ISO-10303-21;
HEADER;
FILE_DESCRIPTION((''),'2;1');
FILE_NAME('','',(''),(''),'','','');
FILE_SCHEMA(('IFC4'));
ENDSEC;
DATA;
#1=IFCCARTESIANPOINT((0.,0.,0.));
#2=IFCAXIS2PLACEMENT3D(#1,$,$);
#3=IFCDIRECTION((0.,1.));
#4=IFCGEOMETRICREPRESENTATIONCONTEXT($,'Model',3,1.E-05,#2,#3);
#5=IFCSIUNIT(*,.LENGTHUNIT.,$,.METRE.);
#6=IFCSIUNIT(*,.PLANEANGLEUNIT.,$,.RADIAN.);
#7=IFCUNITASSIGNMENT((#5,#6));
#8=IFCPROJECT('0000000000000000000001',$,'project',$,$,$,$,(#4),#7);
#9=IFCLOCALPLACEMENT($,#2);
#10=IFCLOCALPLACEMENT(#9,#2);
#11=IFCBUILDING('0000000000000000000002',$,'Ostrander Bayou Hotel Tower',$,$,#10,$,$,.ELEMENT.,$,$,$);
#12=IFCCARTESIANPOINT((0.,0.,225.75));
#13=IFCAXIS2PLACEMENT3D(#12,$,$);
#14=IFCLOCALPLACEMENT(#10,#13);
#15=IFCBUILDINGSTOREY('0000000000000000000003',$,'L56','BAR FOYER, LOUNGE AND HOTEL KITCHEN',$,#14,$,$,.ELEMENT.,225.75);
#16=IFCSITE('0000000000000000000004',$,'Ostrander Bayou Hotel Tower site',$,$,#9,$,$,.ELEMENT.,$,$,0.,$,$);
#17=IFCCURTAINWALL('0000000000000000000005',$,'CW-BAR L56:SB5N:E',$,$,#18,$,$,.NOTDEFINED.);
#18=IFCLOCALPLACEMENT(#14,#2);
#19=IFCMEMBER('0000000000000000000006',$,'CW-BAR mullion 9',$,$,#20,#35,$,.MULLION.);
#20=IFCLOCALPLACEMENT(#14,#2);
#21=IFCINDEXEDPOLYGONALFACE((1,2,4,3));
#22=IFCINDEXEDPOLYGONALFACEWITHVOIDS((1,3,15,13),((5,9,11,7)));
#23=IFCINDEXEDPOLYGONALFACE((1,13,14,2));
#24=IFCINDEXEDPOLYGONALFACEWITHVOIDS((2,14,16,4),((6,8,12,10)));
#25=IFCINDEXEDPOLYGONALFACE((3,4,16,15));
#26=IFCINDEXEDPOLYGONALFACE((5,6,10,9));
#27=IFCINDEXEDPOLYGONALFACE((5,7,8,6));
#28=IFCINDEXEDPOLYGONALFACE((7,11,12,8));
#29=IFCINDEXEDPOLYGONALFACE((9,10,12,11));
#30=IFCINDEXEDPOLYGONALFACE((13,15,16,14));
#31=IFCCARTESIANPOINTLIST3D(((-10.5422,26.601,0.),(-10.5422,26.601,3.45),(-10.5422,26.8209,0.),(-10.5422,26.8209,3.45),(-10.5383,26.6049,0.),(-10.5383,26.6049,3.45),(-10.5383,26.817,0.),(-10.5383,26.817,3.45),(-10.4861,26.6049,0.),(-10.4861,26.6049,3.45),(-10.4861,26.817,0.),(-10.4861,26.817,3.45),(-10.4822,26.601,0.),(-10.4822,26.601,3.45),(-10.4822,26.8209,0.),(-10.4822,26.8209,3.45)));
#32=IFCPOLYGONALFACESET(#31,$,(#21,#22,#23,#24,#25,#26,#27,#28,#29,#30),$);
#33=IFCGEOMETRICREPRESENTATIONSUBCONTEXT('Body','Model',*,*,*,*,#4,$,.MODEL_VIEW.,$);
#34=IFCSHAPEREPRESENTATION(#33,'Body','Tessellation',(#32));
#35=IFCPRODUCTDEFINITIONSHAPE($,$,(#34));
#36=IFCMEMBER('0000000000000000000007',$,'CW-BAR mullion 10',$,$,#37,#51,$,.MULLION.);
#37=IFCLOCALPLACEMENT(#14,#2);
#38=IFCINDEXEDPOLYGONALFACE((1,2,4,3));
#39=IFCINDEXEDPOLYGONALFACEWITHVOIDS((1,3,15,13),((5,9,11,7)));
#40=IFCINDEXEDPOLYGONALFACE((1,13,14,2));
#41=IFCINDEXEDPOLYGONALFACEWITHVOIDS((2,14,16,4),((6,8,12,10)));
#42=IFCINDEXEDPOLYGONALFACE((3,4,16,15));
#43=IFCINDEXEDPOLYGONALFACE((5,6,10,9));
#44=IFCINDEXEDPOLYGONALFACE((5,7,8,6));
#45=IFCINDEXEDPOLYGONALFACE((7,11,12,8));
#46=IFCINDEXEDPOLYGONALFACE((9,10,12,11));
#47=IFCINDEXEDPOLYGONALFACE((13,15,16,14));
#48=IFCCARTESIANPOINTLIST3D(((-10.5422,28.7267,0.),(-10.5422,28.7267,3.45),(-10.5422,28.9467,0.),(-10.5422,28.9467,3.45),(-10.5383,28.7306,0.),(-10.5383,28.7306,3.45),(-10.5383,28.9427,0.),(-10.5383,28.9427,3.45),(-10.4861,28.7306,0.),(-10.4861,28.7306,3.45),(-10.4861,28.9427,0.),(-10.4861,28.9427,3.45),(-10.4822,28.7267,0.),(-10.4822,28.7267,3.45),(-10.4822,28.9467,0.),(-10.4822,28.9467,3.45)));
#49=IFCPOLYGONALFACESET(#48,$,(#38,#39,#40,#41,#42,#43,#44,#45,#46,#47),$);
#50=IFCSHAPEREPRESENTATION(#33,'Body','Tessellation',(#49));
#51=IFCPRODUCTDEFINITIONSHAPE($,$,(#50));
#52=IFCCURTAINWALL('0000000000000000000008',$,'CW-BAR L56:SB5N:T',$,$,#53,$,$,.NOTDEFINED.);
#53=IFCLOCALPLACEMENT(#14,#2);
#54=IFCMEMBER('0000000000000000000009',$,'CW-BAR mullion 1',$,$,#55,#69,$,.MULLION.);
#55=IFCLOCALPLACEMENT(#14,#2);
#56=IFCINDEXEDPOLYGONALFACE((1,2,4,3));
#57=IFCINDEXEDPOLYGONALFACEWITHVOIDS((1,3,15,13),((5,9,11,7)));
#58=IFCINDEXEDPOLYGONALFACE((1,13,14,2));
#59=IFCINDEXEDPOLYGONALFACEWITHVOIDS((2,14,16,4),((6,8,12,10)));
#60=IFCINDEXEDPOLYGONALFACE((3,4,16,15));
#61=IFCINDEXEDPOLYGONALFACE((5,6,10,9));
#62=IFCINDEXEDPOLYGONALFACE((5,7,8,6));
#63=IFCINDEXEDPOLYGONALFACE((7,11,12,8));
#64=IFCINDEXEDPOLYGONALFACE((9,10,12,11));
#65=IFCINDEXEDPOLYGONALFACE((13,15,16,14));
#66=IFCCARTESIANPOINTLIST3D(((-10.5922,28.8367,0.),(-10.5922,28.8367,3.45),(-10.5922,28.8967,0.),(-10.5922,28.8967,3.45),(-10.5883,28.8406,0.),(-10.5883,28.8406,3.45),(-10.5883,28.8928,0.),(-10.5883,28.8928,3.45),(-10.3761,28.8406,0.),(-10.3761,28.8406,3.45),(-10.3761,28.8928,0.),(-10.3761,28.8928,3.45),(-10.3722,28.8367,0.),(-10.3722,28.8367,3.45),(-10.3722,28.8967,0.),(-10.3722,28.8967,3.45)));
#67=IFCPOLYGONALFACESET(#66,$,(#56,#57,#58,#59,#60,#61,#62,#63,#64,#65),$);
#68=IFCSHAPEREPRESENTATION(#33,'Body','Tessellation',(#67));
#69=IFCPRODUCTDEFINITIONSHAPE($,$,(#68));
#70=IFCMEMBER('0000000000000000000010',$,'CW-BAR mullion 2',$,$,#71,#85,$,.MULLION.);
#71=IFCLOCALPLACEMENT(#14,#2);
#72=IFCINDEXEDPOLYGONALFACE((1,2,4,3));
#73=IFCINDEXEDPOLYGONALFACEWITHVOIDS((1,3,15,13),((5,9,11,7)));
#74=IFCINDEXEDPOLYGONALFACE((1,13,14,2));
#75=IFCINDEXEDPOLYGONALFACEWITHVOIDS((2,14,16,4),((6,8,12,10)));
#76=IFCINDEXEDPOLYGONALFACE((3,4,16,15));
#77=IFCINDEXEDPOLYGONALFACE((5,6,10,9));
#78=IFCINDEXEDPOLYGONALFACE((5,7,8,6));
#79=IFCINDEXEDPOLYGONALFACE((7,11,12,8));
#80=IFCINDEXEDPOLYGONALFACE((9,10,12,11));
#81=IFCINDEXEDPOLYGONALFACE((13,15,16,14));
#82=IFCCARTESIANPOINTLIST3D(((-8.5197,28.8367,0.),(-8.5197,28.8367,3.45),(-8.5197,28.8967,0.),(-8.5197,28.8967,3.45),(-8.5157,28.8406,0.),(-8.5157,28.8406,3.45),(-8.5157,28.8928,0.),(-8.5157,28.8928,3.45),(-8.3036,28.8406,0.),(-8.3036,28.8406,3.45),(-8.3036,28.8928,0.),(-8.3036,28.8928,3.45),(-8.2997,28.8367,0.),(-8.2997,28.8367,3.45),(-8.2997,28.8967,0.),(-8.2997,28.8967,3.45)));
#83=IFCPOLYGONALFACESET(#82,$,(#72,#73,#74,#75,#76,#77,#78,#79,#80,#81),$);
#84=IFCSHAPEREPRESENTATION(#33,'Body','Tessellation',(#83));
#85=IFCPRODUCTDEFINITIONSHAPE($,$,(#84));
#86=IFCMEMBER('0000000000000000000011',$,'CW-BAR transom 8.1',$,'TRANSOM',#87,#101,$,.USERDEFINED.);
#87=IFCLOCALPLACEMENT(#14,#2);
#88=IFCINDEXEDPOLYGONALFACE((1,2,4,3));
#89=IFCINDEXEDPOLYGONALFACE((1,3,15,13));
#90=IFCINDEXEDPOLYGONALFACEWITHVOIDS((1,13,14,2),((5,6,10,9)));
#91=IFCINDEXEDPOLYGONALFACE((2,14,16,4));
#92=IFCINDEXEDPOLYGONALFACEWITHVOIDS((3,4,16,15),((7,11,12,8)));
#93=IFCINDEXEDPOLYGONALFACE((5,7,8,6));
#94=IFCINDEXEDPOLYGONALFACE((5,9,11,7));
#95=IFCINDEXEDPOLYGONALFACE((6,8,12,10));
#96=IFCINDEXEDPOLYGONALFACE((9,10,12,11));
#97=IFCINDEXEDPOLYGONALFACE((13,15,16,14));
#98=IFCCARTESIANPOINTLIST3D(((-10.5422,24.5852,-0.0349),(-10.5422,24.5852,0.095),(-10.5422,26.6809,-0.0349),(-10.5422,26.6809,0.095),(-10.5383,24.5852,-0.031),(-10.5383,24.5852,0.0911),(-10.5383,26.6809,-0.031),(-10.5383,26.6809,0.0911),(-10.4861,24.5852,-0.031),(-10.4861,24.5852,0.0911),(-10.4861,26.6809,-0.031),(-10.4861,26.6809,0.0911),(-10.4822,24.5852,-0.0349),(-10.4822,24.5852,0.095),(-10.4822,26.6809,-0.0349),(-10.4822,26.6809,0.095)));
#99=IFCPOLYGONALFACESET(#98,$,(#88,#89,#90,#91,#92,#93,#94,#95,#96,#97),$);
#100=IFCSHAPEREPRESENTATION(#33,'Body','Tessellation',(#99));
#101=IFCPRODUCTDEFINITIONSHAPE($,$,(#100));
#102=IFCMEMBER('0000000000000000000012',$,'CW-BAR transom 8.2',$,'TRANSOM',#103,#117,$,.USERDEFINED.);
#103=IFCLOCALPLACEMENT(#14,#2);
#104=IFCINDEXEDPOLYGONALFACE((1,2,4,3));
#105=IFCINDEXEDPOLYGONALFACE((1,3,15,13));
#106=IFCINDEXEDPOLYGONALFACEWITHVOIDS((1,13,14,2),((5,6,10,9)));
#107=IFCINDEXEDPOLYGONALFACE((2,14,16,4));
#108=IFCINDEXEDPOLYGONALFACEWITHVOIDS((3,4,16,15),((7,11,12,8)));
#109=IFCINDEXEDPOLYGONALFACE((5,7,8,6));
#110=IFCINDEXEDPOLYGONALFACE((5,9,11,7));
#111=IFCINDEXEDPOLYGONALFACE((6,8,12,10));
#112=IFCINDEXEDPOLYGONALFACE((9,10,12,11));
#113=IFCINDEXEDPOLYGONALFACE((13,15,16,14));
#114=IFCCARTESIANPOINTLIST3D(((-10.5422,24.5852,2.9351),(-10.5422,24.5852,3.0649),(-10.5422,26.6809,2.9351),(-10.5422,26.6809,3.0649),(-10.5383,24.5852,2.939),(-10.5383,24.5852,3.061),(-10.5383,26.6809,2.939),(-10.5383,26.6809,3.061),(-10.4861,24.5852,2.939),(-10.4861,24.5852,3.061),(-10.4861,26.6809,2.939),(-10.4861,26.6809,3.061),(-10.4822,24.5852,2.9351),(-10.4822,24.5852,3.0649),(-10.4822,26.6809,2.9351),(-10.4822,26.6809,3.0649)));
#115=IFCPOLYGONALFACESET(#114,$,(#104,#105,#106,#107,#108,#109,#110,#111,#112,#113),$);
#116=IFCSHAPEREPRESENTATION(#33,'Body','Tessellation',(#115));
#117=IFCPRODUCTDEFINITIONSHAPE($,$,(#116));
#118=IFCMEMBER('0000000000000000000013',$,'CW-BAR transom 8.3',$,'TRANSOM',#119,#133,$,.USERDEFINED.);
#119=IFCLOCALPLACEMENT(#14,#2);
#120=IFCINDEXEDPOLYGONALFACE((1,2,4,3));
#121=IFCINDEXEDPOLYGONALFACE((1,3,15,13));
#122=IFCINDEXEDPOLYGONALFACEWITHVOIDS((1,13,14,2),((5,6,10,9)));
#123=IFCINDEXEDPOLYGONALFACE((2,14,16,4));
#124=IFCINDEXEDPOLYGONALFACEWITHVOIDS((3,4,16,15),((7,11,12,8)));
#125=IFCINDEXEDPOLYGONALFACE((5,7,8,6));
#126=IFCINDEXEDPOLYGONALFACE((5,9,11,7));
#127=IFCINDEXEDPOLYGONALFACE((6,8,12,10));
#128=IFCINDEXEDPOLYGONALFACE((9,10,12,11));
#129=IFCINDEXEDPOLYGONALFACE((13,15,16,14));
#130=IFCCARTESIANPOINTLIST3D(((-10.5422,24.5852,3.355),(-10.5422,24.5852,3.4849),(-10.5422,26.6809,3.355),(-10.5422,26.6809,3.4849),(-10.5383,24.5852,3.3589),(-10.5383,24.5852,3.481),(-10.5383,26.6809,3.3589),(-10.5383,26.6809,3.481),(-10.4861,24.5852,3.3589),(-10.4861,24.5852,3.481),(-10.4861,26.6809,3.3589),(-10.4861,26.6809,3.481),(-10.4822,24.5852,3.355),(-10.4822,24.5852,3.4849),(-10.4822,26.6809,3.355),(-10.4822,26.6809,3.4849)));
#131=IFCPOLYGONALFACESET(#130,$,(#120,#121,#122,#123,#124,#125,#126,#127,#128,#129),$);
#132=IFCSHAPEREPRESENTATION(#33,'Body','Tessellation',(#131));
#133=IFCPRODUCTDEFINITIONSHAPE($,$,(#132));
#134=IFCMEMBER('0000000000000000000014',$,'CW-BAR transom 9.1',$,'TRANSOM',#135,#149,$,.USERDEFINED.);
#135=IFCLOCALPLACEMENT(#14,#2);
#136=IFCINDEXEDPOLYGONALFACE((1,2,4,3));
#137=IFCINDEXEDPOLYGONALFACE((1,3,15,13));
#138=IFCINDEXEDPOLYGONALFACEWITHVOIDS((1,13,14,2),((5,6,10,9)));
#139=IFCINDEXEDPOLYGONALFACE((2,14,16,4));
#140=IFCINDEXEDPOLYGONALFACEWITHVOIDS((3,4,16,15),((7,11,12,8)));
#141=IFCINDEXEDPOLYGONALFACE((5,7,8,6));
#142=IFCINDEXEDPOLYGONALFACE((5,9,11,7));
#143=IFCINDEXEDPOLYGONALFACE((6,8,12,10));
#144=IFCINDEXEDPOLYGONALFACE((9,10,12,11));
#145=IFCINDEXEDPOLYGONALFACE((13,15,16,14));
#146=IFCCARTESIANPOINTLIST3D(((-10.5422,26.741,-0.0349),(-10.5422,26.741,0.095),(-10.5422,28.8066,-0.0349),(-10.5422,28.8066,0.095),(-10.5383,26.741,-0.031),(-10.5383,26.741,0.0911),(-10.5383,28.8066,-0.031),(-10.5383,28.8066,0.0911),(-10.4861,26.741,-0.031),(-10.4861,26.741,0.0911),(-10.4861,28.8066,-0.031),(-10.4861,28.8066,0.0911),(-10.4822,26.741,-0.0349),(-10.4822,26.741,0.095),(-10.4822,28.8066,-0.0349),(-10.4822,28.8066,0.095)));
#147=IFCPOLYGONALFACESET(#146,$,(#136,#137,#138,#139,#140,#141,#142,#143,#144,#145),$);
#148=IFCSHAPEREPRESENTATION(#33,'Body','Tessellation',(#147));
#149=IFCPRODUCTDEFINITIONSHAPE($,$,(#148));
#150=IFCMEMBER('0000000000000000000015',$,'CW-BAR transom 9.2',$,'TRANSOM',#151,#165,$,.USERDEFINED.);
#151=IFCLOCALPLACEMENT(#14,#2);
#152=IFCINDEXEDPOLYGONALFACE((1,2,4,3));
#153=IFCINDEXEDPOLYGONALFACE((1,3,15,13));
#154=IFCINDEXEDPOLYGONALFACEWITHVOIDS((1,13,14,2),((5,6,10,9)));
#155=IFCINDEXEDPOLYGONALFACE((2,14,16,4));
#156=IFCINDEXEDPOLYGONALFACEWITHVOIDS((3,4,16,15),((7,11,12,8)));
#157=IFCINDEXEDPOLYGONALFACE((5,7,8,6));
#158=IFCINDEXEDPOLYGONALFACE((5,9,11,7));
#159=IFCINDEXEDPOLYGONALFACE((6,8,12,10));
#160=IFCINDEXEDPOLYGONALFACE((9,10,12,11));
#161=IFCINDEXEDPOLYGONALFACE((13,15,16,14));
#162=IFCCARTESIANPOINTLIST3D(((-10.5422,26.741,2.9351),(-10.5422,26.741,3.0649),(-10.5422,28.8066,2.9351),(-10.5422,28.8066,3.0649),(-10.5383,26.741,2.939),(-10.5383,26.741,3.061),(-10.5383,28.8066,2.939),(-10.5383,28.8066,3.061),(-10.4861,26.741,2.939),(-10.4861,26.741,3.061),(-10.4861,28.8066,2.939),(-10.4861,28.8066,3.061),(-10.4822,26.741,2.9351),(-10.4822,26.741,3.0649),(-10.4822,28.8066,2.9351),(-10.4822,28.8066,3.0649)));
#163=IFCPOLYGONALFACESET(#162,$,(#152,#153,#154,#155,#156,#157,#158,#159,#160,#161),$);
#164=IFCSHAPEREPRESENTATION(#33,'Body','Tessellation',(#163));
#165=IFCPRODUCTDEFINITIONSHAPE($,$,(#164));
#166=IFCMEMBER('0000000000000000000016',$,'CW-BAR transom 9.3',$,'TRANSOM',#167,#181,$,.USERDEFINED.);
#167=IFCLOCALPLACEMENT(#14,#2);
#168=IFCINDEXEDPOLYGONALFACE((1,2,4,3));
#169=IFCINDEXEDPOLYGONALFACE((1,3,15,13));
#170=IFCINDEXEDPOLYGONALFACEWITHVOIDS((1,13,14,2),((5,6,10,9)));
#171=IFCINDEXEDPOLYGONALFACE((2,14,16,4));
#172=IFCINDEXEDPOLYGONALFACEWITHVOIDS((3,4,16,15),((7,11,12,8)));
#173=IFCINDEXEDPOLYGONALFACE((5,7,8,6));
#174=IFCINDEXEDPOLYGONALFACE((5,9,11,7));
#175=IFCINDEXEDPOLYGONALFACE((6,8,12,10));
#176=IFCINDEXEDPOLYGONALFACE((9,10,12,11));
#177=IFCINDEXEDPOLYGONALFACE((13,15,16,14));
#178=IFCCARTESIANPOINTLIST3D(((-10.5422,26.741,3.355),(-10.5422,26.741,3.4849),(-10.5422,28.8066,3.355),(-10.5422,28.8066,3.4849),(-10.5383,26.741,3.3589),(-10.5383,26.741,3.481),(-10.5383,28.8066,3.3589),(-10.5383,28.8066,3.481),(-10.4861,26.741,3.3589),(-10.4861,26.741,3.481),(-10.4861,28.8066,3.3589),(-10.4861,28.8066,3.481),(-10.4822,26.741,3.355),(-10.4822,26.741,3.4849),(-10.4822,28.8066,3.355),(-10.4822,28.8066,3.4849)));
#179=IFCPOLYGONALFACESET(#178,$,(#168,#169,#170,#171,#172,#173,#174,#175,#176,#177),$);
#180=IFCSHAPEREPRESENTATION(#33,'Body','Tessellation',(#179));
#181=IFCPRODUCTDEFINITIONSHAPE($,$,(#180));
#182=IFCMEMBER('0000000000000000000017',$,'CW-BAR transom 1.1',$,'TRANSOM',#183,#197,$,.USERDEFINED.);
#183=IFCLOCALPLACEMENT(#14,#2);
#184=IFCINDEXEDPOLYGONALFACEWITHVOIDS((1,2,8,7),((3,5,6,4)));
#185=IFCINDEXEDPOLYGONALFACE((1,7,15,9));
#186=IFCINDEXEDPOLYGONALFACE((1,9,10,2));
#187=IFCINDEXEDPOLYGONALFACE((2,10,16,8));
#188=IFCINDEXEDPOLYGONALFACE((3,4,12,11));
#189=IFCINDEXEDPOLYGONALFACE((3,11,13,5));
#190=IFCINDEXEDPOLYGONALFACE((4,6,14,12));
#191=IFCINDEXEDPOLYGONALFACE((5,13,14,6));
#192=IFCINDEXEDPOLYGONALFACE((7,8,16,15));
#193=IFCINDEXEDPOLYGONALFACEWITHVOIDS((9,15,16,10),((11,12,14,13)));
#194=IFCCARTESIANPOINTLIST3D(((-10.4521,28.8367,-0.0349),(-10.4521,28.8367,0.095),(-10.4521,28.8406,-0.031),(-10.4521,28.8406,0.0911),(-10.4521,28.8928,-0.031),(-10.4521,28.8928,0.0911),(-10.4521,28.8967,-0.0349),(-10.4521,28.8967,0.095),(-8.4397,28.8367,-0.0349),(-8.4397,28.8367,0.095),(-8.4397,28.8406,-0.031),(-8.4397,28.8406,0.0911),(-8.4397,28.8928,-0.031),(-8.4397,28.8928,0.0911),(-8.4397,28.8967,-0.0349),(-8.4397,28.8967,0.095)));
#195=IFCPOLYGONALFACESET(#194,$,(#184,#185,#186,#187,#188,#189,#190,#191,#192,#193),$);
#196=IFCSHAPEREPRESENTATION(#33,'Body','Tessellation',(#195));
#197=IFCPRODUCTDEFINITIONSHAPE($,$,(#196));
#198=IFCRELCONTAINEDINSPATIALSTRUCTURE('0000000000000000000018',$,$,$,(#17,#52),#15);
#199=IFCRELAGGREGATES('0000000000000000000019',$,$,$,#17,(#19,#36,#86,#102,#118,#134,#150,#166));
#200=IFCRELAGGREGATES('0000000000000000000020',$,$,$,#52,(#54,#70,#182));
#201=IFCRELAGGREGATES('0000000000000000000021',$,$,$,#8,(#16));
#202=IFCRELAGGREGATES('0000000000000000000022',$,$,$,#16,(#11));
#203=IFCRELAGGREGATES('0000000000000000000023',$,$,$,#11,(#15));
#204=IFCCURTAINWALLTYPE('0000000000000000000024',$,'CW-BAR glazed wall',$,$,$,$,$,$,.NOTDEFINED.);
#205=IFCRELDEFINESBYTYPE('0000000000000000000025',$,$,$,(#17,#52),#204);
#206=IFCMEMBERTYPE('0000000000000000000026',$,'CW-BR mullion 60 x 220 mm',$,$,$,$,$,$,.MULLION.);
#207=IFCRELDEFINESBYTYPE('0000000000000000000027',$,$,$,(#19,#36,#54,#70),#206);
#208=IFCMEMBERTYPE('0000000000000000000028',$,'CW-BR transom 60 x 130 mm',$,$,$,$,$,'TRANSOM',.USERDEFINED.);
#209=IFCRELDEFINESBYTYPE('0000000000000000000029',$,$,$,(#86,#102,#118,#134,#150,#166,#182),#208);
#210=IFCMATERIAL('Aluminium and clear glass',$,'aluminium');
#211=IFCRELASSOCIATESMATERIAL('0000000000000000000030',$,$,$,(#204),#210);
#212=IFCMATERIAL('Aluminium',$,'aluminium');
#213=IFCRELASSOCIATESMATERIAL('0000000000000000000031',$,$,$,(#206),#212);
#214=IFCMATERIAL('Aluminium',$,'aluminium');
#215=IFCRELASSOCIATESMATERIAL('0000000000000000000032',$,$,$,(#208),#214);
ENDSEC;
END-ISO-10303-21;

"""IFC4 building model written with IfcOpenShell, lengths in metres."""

from ifc_helpers import new_model, si_unit, direction, frame, origin, origin_2d, place, context, subcontext, project, spatial, hollow_rectangle, extrude, material, material_profile, profile_set, type_object, element, aggregate, save


model = new_model("IFC4")

# Units and contexts
model_context = context("Model", 3, precision=1e-05, world=origin(), true_north=direction((0.0, 1.0)))
body_context = subcontext(model_context, "Body", "Model", "MODEL_VIEW")
ifc_project = project(units=[si_unit("LENGTHUNIT", "METRE"), si_unit("PLANEANGLEUNIT", "RADIAN")], contexts=[model_context])

# Site, building, storey
site_placement = place(None, origin())
site = spatial("IfcSite", under=ifc_project, at=site_placement, Name="Ostrander Bayou Hotel Tower site", CompositionType="ELEMENT", RefElevation=0.0)
building_placement = place(site_placement, origin())
building = spatial("IfcBuilding", under=site, at=building_placement, Name="Ostrander Bayou Hotel Tower", CompositionType="ELEMENT")
storey_placement = place(building_placement, frame((0.0, 0.0, 225.75)))
storey = spatial("IfcBuildingStorey", under=building, at=storey_placement, Name="L56", Description="BAR FOYER, LOUNGE AND HOTEL KITCHEN", CompositionType="ELEMENT", Elevation=225.75)

# Curtain walls, members
ifc_material_1 = material(Name="Aluminium and clear glass", Category="aluminium")
curtain_wall_type = type_object("IfcCurtainWallType", Name="CW-BAR glazed wall", PredefinedType="NOTDEFINED", material=ifc_material_1)
curtain_wall_1_placement = place(storey_placement, origin())
curtain_wall_1 = element("IfcCurtainWall", 1, at=curtain_wall_1_placement, inside=storey, type_object=curtain_wall_type, Name="CW-BAR L56:SB5N:E", PredefinedType="NOTDEFINED")
ifc_material_2 = material(Name="Aluminium", Category="aluminium")
ifc_material_profile_1 = material_profile(ifc_material_2, hollow_rectangle(XDim=0.0601, YDim=0.22, WallThickness=0.0039, at=origin_2d()))
ifc_profile_set_1 = profile_set([ifc_material_profile_1], Name="Aluminium")
member_type_1 = type_object("IfcMemberType", Name="CW-BR mullion 60 x 220 mm", PredefinedType="MULLION", material=ifc_profile_set_1)
member_1_placement = place(storey_placement, frame((-10.5122, 26.7109, 0.0), z_axis=(0.0, 0.0, 1.0), x_axis=(-1.0, 0.0, 0.0)))
member_1 = element("IfcMember", 2, at=member_1_placement, type_object=member_type_1, Name="CW-BAR mullion 9", PredefinedType="MULLION", context=body_context, shape_type="SweptSolid", body=[
    extrude(hollow_rectangle(XDim=0.0601, YDim=0.22, WallThickness=0.0039, at=origin_2d()), origin(), (0.0, 0.0, 1.0), 3.45),
])
member_2_placement = place(storey_placement, frame((-10.5122, 28.8367, 0.0), z_axis=(0.0, 0.0, 1.0), x_axis=(-1.0, 0.0, 0.0)))
member_2 = element("IfcMember", 3, at=member_2_placement, type_object=member_type_1, Name="CW-BAR mullion 10", PredefinedType="MULLION", context=body_context, shape_type="SweptSolid", body=[
    extrude(hollow_rectangle(XDim=0.0601, YDim=0.22, WallThickness=0.0039, at=origin_2d()), origin(), (0.0, 0.0, 1.0), 3.45),
])
curtain_wall_2_placement = place(storey_placement, origin())
curtain_wall_2 = element("IfcCurtainWall", 4, at=curtain_wall_2_placement, inside=storey, type_object=curtain_wall_type, Name="CW-BAR L56:SB5N:T", PredefinedType="NOTDEFINED")
member_3_placement = place(storey_placement, frame((-10.4822, 28.8667, 0.0), z_axis=(0.0, 0.0, 1.0), x_axis=(0.0, 1.0, 0.0)))
member_3 = element("IfcMember", 5, at=member_3_placement, type_object=member_type_1, Name="CW-BAR mullion 1", PredefinedType="MULLION", context=body_context, shape_type="SweptSolid", body=[
    extrude(hollow_rectangle(XDim=0.0601, YDim=0.22, WallThickness=0.0039, at=origin_2d()), origin(), (0.0, 0.0, 1.0), 3.45),
])
member_4_placement = place(storey_placement, frame((-8.4097, 28.8667, 0.0), z_axis=(0.0, 0.0, 1.0), x_axis=(0.0, 1.0, 0.0)))
member_4 = element("IfcMember", 6, at=member_4_placement, type_object=member_type_1, Name="CW-BAR mullion 2", PredefinedType="MULLION", context=body_context, shape_type="SweptSolid", body=[
    extrude(hollow_rectangle(XDim=0.0601, YDim=0.22, WallThickness=0.0039, at=origin_2d()), origin(), (0.0, 0.0, 1.0), 3.45),
])

# Members
ifc_material_3 = material(Name="Aluminium", Category="aluminium")
ifc_material_profile_2 = material_profile(ifc_material_3, hollow_rectangle(XDim=0.0601, YDim=0.1299, WallThickness=0.0039, at=origin_2d()))
ifc_profile_set_2 = profile_set([ifc_material_profile_2], Name="Aluminium")
member_type_2 = type_object("IfcMemberType", Name="CW-BR transom 60 x 130 mm", ElementType="TRANSOM", PredefinedType="USERDEFINED", material=ifc_profile_set_2)
member_5_placement = place(storey_placement, frame((-10.5122, 24.5852, 0.03), z_axis=(0.0, 1.0, 0.0), x_axis=(-1.0, 0.0, 0.0)))
member_5 = element("IfcMember", 7, at=member_5_placement, type_object=member_type_2, Name="CW-BAR transom 8.1", ObjectType="TRANSOM", PredefinedType="USERDEFINED", context=body_context, shape_type="SweptSolid", body=[
    extrude(hollow_rectangle(XDim=0.0601, YDim=0.1299, WallThickness=0.0039, at=origin_2d()), origin(), (0.0, 0.0, 1.0), 2.0957),
])
member_6_placement = place(storey_placement, frame((-10.5122, 24.5852, 3.0), z_axis=(0.0, 1.0, 0.0), x_axis=(-1.0, 0.0, 0.0)))
member_6 = element("IfcMember", 8, at=member_6_placement, type_object=member_type_2, Name="CW-BAR transom 8.2", ObjectType="TRANSOM", PredefinedType="USERDEFINED", context=body_context, shape_type="SweptSolid", body=[
    extrude(hollow_rectangle(XDim=0.0601, YDim=0.1299, WallThickness=0.0039, at=origin_2d()), origin(), (0.0, 0.0, 1.0), 2.0957),
])
member_7_placement = place(storey_placement, frame((-10.5122, 24.5852, 3.4199), z_axis=(0.0, 1.0, 0.0), x_axis=(-1.0, 0.0, 0.0)))
member_7 = element("IfcMember", 9, at=member_7_placement, type_object=member_type_2, Name="CW-BAR transom 8.3", ObjectType="TRANSOM", PredefinedType="USERDEFINED", context=body_context, shape_type="SweptSolid", body=[
    extrude(hollow_rectangle(XDim=0.0601, YDim=0.1299, WallThickness=0.0039, at=origin_2d()), origin(), (0.0, 0.0, 1.0), 2.0957),
])
member_8_placement = place(storey_placement, frame((-10.5122, 26.741, 0.03), z_axis=(0.0, 1.0, 0.0), x_axis=(-1.0, 0.0, 0.0)))
member_8 = element("IfcMember", 10, at=member_8_placement, type_object=member_type_2, Name="CW-BAR transom 9.1", ObjectType="TRANSOM", PredefinedType="USERDEFINED", context=body_context, shape_type="SweptSolid", body=[
    extrude(hollow_rectangle(XDim=0.0601, YDim=0.1299, WallThickness=0.0039, at=origin_2d()), origin(), (0.0, 0.0, 1.0), 2.0657),
])
member_9_placement = place(storey_placement, frame((-10.5122, 26.741, 3.0), z_axis=(0.0, 1.0, 0.0), x_axis=(-1.0, 0.0, 0.0)))
member_9 = element("IfcMember", 11, at=member_9_placement, type_object=member_type_2, Name="CW-BAR transom 9.2", ObjectType="TRANSOM", PredefinedType="USERDEFINED", context=body_context, shape_type="SweptSolid", body=[
    extrude(hollow_rectangle(XDim=0.0601, YDim=0.1299, WallThickness=0.0039, at=origin_2d()), origin(), (0.0, 0.0, 1.0), 2.0657),
])
member_10_placement = place(storey_placement, frame((-10.5122, 26.741, 3.4199), z_axis=(0.0, 1.0, 0.0), x_axis=(-1.0, 0.0, 0.0)))
member_10 = element("IfcMember", 12, at=member_10_placement, type_object=member_type_2, Name="CW-BAR transom 9.3", ObjectType="TRANSOM", PredefinedType="USERDEFINED", context=body_context, shape_type="SweptSolid", body=[
    extrude(hollow_rectangle(XDim=0.0601, YDim=0.1299, WallThickness=0.0039, at=origin_2d()), origin(), (0.0, 0.0, 1.0), 2.0657),
])
member_11_placement = place(storey_placement, frame((-10.4521, 28.8667, 0.03), z_axis=(1.0, 0.0, 0.0), x_axis=(0.0, 1.0, 0.0)))
member_11 = element("IfcMember", 13, at=member_11_placement, type_object=member_type_2, Name="CW-BAR transom 1.1", ObjectType="TRANSOM", PredefinedType="USERDEFINED", context=body_context, shape_type="SweptSolid", body=[
    extrude(hollow_rectangle(XDim=0.0601, YDim=0.1299, WallThickness=0.0039, at=origin_2d()), origin(), (0.0, 0.0, 1.0), 2.0125),
])

aggregate(curtain_wall_1, [member_1, member_2, member_5, member_6, member_7, member_8, member_9, member_10])
aggregate(curtain_wall_2, [member_3, member_4, member_11])

save(model, "model.ifc")
